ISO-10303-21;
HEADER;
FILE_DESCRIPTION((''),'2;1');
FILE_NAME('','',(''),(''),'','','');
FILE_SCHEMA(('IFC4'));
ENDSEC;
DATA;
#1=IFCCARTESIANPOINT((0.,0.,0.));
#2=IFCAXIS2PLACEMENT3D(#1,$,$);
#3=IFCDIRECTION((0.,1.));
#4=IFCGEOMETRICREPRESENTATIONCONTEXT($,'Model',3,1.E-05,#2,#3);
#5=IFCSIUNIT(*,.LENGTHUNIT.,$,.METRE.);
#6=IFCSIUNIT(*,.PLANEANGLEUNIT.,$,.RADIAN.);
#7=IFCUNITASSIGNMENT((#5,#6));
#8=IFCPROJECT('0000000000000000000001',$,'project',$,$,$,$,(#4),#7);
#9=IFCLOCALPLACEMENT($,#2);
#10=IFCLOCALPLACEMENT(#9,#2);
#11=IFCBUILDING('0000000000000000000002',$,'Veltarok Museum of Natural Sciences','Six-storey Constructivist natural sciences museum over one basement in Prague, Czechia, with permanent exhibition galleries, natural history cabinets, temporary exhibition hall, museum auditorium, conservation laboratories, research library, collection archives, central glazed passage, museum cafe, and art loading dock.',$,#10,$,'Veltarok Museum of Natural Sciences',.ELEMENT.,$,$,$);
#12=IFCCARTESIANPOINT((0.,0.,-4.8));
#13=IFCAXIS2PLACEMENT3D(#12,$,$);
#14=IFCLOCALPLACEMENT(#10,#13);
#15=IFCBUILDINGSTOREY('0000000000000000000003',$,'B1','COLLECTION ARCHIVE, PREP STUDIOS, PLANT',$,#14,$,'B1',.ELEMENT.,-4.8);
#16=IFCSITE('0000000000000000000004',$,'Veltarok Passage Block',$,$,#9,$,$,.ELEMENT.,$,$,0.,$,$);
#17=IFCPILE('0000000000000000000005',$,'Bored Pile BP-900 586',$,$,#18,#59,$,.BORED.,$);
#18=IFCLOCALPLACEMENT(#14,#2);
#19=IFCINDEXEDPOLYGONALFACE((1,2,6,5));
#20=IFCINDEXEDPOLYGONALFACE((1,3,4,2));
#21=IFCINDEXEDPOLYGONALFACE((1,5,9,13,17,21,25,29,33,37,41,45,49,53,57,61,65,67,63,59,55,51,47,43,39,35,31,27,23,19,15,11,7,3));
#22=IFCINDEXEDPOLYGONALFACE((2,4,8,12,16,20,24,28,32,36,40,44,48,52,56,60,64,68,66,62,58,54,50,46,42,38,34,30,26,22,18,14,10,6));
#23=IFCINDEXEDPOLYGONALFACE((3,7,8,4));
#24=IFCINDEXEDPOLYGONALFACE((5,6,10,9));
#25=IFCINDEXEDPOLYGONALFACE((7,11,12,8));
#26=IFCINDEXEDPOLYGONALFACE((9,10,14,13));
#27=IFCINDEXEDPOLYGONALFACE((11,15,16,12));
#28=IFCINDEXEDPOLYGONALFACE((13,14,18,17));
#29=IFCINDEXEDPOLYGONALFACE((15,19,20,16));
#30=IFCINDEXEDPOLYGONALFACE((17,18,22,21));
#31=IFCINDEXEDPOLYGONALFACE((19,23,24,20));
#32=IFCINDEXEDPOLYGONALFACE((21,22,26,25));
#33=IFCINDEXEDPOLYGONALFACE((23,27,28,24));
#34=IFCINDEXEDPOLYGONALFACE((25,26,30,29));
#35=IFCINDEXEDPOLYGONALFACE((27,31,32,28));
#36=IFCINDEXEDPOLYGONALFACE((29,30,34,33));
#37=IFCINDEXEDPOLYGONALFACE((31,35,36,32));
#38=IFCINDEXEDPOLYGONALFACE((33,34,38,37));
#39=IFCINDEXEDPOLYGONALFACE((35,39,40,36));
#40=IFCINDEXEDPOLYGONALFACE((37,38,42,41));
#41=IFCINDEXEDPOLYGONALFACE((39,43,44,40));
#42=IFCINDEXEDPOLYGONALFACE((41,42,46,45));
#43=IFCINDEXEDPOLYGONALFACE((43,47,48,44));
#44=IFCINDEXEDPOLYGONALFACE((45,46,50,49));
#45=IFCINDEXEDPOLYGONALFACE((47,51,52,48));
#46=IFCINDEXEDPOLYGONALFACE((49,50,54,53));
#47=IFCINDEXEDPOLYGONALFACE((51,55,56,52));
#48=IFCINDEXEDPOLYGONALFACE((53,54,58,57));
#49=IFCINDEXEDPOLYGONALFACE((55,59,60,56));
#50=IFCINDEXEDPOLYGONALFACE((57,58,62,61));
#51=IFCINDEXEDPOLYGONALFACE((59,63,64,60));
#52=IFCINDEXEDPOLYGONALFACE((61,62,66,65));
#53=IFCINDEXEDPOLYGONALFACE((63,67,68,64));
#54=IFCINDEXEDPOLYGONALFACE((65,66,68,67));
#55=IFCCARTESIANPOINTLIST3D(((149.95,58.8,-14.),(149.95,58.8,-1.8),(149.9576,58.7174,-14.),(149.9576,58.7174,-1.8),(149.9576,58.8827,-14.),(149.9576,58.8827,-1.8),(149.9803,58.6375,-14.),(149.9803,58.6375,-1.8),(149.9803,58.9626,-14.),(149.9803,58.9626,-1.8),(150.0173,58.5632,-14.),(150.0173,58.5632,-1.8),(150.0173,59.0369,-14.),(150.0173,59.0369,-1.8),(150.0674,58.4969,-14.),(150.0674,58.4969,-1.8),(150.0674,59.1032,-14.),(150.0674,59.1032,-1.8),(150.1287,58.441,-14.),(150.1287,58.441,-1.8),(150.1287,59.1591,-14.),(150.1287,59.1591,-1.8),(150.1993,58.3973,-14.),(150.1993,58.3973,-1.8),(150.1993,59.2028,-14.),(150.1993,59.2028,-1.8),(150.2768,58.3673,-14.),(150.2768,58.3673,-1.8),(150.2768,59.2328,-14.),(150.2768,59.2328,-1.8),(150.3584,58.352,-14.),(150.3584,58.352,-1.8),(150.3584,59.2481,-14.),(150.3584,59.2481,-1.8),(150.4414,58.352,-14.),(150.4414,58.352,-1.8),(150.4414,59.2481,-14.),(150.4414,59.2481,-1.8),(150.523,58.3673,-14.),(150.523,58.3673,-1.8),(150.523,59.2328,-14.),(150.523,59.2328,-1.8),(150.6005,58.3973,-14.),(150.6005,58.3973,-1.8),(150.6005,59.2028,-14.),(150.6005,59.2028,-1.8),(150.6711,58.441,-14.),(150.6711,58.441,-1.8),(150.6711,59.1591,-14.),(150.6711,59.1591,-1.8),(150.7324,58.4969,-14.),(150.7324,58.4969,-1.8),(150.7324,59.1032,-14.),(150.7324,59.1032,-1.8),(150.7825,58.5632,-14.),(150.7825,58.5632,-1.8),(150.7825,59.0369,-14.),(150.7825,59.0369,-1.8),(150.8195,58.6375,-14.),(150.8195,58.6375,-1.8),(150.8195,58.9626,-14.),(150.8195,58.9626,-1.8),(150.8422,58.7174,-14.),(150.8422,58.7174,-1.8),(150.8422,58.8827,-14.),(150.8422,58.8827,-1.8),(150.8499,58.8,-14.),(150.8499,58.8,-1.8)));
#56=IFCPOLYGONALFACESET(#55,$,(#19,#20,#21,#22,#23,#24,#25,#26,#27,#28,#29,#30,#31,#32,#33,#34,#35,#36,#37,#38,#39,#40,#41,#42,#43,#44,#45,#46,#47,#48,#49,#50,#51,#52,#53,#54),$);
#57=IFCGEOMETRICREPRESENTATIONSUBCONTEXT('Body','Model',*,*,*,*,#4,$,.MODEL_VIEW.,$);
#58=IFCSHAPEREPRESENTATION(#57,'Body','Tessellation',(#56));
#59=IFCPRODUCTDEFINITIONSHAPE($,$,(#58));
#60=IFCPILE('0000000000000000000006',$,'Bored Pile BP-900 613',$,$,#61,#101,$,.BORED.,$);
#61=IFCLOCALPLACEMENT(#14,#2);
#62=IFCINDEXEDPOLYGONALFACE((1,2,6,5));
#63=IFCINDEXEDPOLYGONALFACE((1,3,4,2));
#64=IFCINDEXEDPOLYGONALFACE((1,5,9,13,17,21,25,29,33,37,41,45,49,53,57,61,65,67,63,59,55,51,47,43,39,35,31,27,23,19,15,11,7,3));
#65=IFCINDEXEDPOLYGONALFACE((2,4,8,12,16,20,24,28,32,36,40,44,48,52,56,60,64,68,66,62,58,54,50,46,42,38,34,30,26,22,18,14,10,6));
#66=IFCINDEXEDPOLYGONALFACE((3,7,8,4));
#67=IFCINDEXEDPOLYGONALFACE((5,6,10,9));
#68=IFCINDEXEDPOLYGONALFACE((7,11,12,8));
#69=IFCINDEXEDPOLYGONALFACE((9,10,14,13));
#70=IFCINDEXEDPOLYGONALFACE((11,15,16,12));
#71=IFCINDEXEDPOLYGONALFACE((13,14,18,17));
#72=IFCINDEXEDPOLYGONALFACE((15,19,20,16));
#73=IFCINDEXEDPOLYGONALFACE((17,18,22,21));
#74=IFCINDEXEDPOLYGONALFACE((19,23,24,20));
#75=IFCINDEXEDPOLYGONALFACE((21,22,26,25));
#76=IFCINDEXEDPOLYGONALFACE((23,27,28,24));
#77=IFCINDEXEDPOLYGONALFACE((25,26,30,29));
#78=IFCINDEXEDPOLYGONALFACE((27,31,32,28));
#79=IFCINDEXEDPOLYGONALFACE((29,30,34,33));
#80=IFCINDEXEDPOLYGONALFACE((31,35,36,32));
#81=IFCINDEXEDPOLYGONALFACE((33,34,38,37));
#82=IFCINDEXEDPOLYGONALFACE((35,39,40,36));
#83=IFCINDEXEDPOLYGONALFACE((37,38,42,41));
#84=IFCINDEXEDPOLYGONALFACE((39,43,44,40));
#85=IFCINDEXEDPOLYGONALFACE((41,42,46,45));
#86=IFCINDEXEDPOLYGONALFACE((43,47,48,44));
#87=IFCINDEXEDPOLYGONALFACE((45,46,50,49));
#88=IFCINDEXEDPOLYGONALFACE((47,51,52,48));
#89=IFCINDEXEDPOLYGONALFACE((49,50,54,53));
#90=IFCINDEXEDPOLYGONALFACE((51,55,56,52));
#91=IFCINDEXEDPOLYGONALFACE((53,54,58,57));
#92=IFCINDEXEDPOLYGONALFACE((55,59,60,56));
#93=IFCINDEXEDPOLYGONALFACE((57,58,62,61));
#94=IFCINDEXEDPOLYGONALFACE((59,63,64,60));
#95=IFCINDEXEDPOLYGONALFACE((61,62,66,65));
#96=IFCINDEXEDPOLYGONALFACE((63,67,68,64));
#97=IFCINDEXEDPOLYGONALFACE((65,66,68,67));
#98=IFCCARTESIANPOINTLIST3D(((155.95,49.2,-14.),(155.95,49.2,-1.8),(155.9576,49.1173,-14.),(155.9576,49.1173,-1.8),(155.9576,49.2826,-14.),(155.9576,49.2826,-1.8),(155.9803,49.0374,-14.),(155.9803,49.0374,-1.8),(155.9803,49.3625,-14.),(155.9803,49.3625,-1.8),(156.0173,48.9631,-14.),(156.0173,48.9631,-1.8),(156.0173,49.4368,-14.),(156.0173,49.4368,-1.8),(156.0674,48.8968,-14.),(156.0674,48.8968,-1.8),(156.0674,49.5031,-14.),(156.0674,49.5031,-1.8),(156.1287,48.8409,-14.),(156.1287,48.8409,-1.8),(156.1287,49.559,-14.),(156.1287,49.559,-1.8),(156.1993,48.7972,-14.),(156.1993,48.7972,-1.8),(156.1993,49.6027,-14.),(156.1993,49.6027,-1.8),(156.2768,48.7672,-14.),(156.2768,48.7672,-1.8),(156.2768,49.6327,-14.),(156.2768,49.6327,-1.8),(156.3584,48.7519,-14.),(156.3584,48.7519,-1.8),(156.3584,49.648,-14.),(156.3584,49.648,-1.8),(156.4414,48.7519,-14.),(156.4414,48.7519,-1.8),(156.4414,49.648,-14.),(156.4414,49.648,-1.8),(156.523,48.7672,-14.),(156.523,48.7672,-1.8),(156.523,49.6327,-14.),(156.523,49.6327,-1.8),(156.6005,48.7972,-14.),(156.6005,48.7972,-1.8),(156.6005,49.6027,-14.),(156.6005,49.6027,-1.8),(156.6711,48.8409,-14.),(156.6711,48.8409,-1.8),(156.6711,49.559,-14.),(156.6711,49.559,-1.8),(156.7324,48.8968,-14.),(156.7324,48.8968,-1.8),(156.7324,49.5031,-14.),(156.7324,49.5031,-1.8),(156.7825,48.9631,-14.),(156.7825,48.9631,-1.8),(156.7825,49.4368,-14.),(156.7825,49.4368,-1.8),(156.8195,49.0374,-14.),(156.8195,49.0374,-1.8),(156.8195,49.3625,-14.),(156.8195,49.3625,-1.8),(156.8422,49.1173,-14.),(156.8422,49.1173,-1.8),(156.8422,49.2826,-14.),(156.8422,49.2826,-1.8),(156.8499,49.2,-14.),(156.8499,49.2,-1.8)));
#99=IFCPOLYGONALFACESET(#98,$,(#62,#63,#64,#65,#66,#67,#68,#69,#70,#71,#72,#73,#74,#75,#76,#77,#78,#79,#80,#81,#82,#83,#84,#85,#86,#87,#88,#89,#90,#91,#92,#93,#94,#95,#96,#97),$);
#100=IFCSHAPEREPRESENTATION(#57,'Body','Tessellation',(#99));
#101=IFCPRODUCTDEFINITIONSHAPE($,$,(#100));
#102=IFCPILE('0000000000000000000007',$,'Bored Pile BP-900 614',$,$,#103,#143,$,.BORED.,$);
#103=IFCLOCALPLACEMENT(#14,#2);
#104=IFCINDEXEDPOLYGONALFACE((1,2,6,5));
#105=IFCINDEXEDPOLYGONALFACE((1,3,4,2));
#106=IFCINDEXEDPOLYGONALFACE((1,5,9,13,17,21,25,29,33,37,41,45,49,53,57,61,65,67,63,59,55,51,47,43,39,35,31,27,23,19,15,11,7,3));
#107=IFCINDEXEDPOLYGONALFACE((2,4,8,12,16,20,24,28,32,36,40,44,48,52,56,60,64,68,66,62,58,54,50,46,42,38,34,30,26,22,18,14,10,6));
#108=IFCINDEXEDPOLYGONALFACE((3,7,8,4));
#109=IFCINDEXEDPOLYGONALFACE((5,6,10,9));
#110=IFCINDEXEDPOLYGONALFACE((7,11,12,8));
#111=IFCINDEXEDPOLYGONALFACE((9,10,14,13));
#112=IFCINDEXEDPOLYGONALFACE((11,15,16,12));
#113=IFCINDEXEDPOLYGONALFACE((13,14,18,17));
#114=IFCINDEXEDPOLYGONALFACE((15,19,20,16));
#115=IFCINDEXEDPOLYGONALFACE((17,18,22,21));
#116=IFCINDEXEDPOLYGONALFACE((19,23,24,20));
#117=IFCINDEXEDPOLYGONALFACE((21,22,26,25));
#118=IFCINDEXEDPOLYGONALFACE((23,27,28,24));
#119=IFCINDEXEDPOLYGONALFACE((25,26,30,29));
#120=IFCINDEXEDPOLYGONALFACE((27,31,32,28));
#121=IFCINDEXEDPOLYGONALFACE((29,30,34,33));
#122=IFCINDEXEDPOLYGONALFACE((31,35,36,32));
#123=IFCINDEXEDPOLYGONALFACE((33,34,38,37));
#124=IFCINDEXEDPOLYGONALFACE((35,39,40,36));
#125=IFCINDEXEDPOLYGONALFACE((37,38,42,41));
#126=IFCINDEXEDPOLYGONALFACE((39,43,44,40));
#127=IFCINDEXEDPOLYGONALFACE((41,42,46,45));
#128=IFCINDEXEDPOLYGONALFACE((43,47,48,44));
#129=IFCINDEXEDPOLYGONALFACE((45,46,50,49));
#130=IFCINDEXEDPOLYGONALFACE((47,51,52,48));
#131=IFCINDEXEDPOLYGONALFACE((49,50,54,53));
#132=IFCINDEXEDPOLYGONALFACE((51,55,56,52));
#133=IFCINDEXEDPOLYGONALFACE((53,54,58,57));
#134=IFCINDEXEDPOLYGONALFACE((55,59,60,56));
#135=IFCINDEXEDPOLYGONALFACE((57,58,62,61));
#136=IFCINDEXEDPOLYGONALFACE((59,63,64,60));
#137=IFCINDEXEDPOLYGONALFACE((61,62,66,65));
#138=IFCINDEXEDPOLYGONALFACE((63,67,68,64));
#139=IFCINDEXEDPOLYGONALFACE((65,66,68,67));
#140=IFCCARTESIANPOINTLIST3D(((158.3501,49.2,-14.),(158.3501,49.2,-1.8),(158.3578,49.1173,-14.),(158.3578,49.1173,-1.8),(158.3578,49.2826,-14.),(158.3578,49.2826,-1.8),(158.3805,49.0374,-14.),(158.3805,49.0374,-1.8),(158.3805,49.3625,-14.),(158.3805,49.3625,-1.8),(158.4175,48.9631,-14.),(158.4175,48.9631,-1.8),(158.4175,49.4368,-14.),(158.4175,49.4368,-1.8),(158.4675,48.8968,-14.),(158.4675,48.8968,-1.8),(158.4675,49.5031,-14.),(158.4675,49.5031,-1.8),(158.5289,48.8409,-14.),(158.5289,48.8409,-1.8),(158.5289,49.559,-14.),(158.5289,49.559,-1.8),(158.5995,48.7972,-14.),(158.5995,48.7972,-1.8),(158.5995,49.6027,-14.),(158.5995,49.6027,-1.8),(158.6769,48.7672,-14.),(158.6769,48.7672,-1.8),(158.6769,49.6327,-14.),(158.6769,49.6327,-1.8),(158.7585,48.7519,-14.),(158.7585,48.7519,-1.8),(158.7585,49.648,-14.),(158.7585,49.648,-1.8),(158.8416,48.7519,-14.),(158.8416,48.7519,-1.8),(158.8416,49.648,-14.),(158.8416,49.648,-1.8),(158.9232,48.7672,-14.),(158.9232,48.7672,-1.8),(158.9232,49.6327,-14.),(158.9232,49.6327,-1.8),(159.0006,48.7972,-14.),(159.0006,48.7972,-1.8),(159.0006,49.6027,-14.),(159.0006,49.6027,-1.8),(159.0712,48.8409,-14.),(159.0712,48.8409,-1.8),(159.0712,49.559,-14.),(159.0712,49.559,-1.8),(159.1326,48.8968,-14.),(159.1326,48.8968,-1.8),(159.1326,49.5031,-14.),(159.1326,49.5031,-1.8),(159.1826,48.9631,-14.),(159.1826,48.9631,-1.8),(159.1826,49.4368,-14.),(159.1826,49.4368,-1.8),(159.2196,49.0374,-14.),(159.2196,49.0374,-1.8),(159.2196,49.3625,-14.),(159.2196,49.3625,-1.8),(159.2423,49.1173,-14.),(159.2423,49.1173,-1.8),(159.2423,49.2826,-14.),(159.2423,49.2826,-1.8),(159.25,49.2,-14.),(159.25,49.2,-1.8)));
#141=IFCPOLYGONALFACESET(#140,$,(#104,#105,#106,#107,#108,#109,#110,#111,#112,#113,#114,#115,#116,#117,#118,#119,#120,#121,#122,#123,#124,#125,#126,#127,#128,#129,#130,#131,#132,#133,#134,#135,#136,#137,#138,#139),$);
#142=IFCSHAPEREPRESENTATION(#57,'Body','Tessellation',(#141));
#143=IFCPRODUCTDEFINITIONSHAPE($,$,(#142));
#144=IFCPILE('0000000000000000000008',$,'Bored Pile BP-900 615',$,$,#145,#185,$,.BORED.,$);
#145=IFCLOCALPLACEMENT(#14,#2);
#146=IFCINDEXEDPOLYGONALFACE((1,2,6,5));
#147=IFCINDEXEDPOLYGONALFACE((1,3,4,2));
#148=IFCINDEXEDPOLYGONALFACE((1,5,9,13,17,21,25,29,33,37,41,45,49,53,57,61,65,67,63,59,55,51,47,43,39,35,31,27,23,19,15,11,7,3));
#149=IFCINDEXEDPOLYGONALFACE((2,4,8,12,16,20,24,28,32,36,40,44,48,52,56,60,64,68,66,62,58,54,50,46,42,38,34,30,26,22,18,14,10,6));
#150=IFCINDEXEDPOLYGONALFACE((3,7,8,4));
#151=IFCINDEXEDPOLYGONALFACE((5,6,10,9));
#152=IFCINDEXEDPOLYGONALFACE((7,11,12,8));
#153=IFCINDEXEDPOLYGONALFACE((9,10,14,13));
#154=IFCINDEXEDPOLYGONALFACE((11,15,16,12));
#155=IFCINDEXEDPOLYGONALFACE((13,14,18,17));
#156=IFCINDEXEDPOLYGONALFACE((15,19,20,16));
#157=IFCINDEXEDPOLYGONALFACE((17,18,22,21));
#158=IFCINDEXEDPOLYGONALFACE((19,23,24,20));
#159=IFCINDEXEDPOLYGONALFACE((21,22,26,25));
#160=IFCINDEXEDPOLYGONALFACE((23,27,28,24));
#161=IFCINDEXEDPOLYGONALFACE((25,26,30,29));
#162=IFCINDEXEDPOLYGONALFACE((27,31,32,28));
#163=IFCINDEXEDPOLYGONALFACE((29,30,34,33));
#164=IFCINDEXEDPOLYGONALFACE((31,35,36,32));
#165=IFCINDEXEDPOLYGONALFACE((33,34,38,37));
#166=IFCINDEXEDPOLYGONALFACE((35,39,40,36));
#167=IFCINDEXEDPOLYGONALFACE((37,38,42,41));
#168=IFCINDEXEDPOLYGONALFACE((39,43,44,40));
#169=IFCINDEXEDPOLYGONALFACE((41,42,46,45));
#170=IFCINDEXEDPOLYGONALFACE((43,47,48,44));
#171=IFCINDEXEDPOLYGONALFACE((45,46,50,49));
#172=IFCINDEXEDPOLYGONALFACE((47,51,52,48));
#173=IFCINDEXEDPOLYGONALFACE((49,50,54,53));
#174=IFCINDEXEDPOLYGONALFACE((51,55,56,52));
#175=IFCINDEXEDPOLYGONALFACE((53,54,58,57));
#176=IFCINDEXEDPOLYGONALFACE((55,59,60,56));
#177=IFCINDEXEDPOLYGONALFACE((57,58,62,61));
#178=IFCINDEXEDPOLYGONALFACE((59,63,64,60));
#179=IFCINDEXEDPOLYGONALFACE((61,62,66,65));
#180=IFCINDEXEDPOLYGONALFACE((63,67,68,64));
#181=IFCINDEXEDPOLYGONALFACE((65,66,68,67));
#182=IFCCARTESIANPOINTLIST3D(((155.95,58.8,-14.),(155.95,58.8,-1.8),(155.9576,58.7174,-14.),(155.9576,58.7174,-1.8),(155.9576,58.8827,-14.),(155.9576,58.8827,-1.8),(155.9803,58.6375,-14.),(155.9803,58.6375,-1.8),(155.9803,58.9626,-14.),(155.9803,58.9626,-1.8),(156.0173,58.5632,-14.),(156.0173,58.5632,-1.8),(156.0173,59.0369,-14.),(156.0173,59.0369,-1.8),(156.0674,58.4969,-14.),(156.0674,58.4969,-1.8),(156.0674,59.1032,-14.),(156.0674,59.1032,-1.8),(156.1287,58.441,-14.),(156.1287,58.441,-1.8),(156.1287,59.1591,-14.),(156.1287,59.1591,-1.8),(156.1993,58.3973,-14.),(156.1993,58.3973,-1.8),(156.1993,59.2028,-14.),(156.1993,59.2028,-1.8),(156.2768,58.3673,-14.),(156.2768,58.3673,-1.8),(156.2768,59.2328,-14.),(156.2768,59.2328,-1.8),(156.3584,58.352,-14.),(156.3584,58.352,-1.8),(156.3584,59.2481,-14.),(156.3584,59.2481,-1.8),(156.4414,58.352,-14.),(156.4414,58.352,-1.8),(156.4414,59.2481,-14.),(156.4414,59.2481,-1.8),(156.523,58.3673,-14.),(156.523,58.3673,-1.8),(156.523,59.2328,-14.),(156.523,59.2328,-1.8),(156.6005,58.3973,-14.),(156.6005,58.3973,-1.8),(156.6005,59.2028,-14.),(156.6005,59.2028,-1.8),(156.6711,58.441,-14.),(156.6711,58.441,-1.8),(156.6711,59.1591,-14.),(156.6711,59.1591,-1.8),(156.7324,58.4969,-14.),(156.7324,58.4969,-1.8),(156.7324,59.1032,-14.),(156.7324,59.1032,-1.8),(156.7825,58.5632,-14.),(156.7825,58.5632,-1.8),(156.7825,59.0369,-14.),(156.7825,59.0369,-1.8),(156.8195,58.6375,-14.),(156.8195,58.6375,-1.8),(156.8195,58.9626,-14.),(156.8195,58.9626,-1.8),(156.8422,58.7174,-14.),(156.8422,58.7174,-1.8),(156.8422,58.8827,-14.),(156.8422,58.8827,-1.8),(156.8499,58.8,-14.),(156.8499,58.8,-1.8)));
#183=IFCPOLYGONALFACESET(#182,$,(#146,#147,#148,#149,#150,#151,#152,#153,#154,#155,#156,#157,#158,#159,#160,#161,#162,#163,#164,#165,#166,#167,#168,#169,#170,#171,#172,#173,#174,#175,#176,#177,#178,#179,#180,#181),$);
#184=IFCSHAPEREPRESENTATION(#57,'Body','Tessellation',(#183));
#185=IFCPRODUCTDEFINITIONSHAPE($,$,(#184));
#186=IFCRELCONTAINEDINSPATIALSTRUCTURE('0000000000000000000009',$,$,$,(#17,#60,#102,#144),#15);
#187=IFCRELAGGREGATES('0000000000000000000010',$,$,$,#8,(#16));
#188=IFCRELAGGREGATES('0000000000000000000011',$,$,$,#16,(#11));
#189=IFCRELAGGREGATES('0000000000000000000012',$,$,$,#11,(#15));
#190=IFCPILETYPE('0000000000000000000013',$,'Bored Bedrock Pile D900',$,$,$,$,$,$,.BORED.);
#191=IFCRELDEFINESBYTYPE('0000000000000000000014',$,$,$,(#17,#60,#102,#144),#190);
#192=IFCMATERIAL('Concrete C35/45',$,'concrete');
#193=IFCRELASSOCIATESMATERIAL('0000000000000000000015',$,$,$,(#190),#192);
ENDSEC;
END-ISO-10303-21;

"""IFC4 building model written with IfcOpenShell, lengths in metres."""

from ifc_helpers import new_model, si_unit, direction, frame, origin, origin_2d, place, context, subcontext, project, spatial, circle, extrude, material, material_profile, profile_set, type_object, element, save


model = new_model("IFC4")

# Units and contexts
model_context = context("Model", 3, precision=1e-05, world=origin(), true_north=direction((0.0, 1.0)))
body_context = subcontext(model_context, "Body", "Model", "MODEL_VIEW")
ifc_project = project(units=[si_unit("LENGTHUNIT", "METRE"), si_unit("PLANEANGLEUNIT", "RADIAN")], contexts=[model_context])

# Site, building, storey
site_placement = place(None, origin())
site = spatial("IfcSite", under=ifc_project, at=site_placement, Name="Veltarok Passage Block", CompositionType="ELEMENT", RefElevation=0.0)
building_placement = place(site_placement, origin())
building = spatial("IfcBuilding", under=site, at=building_placement, Name="Veltarok Museum of Natural Sciences", Description="Six-storey Constructivist natural sciences museum over one basement in Prague, Czechia, with permanent exhibition galleries, natural history cabinets, temporary exhibition hall, museum auditorium, conservation laboratories, research library, collection archives, central glazed passage, museum cafe, and art loading dock.", LongName="Veltarok Museum of Natural Sciences", CompositionType="ELEMENT")
storey_placement = place(building_placement, frame((0.0, 0.0, -4.8)))
storey = spatial("IfcBuildingStorey", under=building, at=storey_placement, Name="B1", Description="COLLECTION ARCHIVE, PREP STUDIOS, PLANT", LongName="B1", CompositionType="ELEMENT", Elevation=-4.8)

# Piles
ifc_material_1 = material(Name="Concrete C35/45", Category="concrete")
ifc_material_profile_1 = material_profile(ifc_material_1, circle(Radius=0.45, at=origin_2d()), Name="BP D900")
ifc_profile_set_1 = profile_set([ifc_material_profile_1], Name="Concrete C35/45")
pile_type_1 = type_object("IfcPileType", Name="Bored Bedrock Pile D900", PredefinedType="BORED", material=ifc_profile_set_1)
for number, where, z_axis, x_axis, name in (
    (1, (150.3999, 58.8, -1.8), (0.0, 0.0, -1.0), (1.0, 0.0, 0.0), "Bored Pile BP-900 586"),
    (2, (156.3999, 49.2, -1.8), (0.0, 0.0, -1.0), (1.0, 0.0, 0.0), "Bored Pile BP-900 613"),
    (3, (158.8, 49.2, -1.8), (0.0, 0.0, -1.0), (1.0, 0.0, 0.0), "Bored Pile BP-900 614"),
    (4, (156.3999, 58.8, -1.8), (0.0, 0.0, -1.0), (1.0, 0.0, 0.0), "Bored Pile BP-900 615"),
):
    element("IfcPile", number, at=place(storey_placement, frame(where, z_axis=z_axis, x_axis=x_axis)), inside=storey, type_object=pile_type_1, Name=name, PredefinedType="BORED", context=body_context, shape_type="SweptSolid", body=[
        extrude(circle(Radius=0.45, at=origin_2d()), origin(), (0.0, 0.0, 1.0), 12.2),
    ])

save(model, "model.ifc")
